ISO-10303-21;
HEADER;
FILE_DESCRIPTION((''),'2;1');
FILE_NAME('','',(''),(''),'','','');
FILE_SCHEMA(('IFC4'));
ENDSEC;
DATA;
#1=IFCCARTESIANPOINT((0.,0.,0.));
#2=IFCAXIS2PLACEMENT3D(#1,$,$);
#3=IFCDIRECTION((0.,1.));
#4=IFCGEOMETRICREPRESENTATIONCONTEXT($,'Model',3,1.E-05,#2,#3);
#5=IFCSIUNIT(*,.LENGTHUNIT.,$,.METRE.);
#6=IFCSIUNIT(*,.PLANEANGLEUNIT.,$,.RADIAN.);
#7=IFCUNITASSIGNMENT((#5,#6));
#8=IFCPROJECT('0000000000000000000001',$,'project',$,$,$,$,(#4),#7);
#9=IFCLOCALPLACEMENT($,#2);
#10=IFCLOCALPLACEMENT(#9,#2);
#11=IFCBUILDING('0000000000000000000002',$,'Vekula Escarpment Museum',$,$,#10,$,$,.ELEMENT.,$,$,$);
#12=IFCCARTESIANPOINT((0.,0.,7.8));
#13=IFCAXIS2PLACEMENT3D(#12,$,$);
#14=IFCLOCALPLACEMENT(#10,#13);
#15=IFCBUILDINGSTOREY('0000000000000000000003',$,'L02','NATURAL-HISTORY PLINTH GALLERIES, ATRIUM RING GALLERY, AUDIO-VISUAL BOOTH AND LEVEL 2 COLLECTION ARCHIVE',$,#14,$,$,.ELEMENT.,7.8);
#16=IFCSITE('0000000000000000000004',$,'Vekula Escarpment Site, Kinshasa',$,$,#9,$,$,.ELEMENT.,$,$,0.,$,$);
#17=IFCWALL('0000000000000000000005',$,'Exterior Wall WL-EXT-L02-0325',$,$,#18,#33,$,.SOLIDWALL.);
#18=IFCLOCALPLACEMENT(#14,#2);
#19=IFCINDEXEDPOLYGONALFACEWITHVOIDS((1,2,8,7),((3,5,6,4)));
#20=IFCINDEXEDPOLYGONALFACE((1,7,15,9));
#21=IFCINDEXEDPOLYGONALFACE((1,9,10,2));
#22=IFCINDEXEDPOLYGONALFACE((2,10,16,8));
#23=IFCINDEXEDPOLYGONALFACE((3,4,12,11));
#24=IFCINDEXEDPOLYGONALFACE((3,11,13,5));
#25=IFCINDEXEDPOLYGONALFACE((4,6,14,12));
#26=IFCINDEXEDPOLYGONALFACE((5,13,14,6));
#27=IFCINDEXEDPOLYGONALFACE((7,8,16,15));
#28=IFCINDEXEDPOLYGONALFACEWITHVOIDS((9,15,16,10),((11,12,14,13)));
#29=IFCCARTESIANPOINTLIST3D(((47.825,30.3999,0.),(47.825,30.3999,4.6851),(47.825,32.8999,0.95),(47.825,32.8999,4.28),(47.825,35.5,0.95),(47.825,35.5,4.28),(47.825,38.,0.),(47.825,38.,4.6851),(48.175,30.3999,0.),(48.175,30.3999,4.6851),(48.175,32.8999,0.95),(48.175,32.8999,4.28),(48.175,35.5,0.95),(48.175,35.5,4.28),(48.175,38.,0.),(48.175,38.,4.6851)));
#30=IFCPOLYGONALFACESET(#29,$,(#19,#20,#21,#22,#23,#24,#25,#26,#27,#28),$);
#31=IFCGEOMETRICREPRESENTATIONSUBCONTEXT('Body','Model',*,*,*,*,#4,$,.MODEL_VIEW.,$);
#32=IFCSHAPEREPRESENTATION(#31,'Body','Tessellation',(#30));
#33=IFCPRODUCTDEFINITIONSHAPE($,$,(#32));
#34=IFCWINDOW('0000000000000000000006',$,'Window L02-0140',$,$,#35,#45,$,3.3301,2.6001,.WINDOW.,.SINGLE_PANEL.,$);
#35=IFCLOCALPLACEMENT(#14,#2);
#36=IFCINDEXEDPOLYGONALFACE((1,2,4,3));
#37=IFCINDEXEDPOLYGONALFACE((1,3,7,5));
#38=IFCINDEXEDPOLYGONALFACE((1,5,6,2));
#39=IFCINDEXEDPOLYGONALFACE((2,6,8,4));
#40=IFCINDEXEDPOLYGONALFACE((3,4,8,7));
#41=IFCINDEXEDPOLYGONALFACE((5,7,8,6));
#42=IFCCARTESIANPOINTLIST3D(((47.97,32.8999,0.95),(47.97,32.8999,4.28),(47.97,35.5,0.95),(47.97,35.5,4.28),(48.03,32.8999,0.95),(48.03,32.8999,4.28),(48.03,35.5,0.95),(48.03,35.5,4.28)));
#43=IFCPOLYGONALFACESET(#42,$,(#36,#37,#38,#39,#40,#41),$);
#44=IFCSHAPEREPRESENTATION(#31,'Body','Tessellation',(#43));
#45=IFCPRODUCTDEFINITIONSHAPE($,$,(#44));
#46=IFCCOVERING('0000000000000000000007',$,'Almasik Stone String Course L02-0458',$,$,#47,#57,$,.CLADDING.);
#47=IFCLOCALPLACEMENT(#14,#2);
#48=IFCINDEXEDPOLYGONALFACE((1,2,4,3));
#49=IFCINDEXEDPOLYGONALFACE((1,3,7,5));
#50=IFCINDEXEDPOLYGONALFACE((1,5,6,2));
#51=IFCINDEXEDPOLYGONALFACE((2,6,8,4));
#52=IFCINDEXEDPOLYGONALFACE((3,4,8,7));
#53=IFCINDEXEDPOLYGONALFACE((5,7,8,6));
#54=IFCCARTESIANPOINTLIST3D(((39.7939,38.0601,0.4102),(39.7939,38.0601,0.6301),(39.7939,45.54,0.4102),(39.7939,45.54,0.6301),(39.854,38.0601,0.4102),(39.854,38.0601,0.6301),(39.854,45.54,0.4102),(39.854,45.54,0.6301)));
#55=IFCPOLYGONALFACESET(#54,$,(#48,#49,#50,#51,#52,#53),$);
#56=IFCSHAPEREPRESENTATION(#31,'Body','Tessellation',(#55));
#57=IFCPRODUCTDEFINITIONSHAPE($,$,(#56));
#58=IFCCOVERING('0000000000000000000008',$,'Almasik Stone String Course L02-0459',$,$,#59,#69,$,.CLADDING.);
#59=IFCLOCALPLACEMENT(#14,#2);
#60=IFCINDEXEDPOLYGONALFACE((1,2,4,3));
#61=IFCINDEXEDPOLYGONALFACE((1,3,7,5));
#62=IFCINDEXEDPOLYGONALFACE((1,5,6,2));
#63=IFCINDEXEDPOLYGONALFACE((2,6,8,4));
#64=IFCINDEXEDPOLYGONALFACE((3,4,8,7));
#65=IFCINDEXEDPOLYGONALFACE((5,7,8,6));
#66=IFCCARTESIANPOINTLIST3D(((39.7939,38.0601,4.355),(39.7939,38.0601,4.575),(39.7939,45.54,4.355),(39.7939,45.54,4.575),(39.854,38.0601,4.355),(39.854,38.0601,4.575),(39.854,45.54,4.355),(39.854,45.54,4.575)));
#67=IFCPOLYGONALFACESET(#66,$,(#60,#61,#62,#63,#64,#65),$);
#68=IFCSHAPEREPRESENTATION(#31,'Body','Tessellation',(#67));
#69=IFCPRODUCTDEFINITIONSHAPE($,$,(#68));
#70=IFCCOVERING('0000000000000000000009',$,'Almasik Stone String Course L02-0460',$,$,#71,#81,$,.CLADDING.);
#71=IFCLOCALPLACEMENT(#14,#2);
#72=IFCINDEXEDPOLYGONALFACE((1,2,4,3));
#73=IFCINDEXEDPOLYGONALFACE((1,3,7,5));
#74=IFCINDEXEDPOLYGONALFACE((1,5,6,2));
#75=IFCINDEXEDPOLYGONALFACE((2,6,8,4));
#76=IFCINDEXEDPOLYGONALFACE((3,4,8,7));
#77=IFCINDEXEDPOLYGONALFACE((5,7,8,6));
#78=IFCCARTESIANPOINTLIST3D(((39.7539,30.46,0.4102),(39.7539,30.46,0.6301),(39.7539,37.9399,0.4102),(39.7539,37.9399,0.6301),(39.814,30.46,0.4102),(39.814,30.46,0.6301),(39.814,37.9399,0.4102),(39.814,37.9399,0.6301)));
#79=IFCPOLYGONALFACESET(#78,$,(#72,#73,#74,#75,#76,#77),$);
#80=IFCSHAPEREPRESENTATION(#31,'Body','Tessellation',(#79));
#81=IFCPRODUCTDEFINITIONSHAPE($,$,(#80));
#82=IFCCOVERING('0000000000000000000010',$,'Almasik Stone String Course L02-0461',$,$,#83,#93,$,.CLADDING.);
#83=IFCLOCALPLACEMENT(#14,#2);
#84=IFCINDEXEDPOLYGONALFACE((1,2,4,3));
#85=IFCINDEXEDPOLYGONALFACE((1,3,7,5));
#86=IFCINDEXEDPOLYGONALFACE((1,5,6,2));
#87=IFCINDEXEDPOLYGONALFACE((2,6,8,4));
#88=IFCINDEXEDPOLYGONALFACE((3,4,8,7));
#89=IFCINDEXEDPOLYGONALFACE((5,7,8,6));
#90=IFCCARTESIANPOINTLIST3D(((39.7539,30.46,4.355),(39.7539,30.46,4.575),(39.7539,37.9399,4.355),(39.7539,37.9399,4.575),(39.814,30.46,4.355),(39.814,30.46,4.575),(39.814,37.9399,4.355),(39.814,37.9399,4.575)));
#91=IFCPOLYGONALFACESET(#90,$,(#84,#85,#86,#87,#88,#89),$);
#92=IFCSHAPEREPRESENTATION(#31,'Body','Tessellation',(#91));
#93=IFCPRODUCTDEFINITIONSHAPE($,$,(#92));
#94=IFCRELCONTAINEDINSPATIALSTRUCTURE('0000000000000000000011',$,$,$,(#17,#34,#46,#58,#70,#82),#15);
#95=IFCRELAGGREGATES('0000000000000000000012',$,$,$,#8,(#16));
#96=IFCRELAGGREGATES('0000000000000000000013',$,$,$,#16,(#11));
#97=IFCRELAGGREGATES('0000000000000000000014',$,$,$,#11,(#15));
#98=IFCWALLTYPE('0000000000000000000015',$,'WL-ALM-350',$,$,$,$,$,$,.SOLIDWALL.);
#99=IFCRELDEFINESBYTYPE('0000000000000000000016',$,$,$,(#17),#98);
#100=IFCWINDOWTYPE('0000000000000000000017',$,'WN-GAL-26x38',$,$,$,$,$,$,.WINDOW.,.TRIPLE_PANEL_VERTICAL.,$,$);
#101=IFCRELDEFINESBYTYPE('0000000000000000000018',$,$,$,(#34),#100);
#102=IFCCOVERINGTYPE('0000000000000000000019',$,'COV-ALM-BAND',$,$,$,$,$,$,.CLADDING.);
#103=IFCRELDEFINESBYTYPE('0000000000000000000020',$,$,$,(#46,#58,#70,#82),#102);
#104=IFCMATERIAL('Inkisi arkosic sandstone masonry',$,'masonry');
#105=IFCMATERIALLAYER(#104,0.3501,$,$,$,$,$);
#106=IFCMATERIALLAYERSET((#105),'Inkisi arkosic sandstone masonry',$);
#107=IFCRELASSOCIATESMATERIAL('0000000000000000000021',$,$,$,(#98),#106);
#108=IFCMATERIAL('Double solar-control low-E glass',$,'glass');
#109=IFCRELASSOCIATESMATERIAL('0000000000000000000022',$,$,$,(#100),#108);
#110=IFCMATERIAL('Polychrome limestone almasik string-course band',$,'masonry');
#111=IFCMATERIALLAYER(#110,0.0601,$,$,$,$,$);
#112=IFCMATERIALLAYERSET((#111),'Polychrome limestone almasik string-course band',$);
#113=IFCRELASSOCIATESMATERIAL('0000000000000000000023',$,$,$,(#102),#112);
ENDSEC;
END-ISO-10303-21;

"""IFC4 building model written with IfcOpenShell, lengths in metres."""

from ifc_helpers import new_model, si_unit, direction, frame, frame_2d, origin, origin_2d, place, context, subcontext, project, spatial, rectangle, extrude, material, layer, layer_set, type_object, element, fill, save


model = new_model("IFC4")

# Units and contexts
model_context = context("Model", 3, precision=1e-05, world=origin(), true_north=direction((0.0, 1.0)))
body_context = subcontext(model_context, "Body", "Model", "MODEL_VIEW")
ifc_project = project(units=[si_unit("LENGTHUNIT", "METRE"), si_unit("PLANEANGLEUNIT", "RADIAN")], contexts=[model_context])

# Site, building, storey
site_placement = place(None, origin())
site = spatial("IfcSite", under=ifc_project, at=site_placement, Name="Vekula Escarpment Site, Kinshasa", CompositionType="ELEMENT", RefElevation=0.0)
building_placement = place(site_placement, origin())
building = spatial("IfcBuilding", under=site, at=building_placement, Name="Vekula Escarpment Museum", CompositionType="ELEMENT")
storey_placement = place(building_placement, frame((0.0, 0.0, 7.8)))
storey = spatial("IfcBuildingStorey", under=building, at=storey_placement, Name="L02", Description="NATURAL-HISTORY PLINTH GALLERIES, ATRIUM RING GALLERY, AUDIO-VISUAL BOOTH AND LEVEL 2 COLLECTION ARCHIVE", CompositionType="ELEMENT", Elevation=7.8)

# Wall, opening, window
ifc_material_1 = material(Name="Inkisi arkosic sandstone masonry", Category="masonry")
ifc_layer_1 = layer(ifc_material_1, 0.3501)
ifc_layer_set_1 = layer_set([ifc_layer_1], Name="Inkisi arkosic sandstone masonry")
wall_type_1 = type_object("IfcWallType", Name="WL-ALM-350", PredefinedType="SOLIDWALL", material=ifc_layer_set_1)
wall_1_placement = place(storey_placement, frame((48.0, 38.0, 0.0), z_axis=(0.0, 0.0, 1.0), x_axis=(0.0, -1.0, 0.0)))
wall_1 = element("IfcWall", 1, at=wall_1_placement, inside=storey, type_object=wall_type_1, Name="Exterior Wall WL-EXT-L02-0325", PredefinedType="SOLIDWALL", context=body_context, shape_type="SweptSolid", body=[
    extrude(rectangle(XDim=7.6001, YDim=0.3501, at=frame_2d((3.8, 0.0))), origin(), (0.0, 0.0, 1.0), 4.6851),
])
opening_1_placement = place(wall_1_placement, frame((2.5, 0.0, 0.95)))
opening_1 = element("IfcOpeningElement", 2, at=opening_1_placement, cuts=wall_1, PredefinedType="OPENING", context=body_context, shape_type="SweptSolid", body=[
    extrude(rectangle(XDim=2.6001, YDim=3.3301, at=frame_2d((1.3, 1.665))), frame((0.0, 0.1851, 0.0), z_axis=(0.0, -1.0, 0.0), x_axis=(1.0, 0.0, 0.0)), (0.0, 0.0, 1.0), 0.3701),
])
ifc_material_2 = material(Name="Double solar-control low-E glass", Category="glass")
window_type_1 = type_object("IfcWindowType", Name="WN-GAL-26x38", PartitioningType="TRIPLE_PANEL_VERTICAL", PredefinedType="WINDOW", material=ifc_material_2)
window_1_placement = place(opening_1_placement, origin())
window_1 = element("IfcWindow", 3, at=window_1_placement, inside=storey, type_object=window_type_1, Name="Window L02-0140", OverallHeight=3.3301, OverallWidth=2.6001, PartitioningType="SINGLE_PANEL", PredefinedType="WINDOW", context=body_context, shape_type="SweptSolid", body=[
    extrude(rectangle(XDim=2.6001, YDim=3.3301, at=frame_2d((1.3, 1.665))), frame((0.0, 0.03, 0.0), z_axis=(0.0, -1.0, 0.0), x_axis=(1.0, 0.0, 0.0)), (0.0, 0.0, 1.0), 0.0601),
])
fill(opening_1, window_1)

# Coverings
ifc_material_3 = material(Name="Polychrome limestone almasik string-course band", Category="masonry")
ifc_layer_2 = layer(ifc_material_3, 0.0601)
ifc_layer_set_2 = layer_set([ifc_layer_2], Name="Polychrome limestone almasik string-course band")
covering_type = type_object("IfcCoveringType", Name="COV-ALM-BAND", PredefinedType="CLADDING", material=ifc_layer_set_2)
for number, where, z_axis, x_axis, name in (
    (4, (39.824, 41.8, 0.4102), (0.0, 0.0, 1.0), (0.0, 1.0, 0.0), "Almasik Stone String Course L02-0458"),
    (5, (39.824, 41.8, 4.355), (0.0, 0.0, 1.0), (0.0, 1.0, 0.0), "Almasik Stone String Course L02-0459"),
    (6, (39.7839, 34.2, 0.4102), (0.0, 0.0, 1.0), (0.0, 1.0, 0.0), "Almasik Stone String Course L02-0460"),
    (7, (39.7839, 34.2, 4.355), (0.0, 0.0, 1.0), (0.0, 1.0, 0.0), "Almasik Stone String Course L02-0461"),
):
    element("IfcCovering", number, at=place(storey_placement, frame(where, z_axis=z_axis, x_axis=x_axis)), inside=storey, type_object=covering_type, Name=name, PredefinedType="CLADDING", context=body_context, shape_type="SweptSolid", body=[
        extrude(rectangle(XDim=7.48, YDim=0.0601, at=origin_2d()), origin(), (0.0, 0.0, 1.0), 0.22),
    ])

save(model, "model.ifc")
